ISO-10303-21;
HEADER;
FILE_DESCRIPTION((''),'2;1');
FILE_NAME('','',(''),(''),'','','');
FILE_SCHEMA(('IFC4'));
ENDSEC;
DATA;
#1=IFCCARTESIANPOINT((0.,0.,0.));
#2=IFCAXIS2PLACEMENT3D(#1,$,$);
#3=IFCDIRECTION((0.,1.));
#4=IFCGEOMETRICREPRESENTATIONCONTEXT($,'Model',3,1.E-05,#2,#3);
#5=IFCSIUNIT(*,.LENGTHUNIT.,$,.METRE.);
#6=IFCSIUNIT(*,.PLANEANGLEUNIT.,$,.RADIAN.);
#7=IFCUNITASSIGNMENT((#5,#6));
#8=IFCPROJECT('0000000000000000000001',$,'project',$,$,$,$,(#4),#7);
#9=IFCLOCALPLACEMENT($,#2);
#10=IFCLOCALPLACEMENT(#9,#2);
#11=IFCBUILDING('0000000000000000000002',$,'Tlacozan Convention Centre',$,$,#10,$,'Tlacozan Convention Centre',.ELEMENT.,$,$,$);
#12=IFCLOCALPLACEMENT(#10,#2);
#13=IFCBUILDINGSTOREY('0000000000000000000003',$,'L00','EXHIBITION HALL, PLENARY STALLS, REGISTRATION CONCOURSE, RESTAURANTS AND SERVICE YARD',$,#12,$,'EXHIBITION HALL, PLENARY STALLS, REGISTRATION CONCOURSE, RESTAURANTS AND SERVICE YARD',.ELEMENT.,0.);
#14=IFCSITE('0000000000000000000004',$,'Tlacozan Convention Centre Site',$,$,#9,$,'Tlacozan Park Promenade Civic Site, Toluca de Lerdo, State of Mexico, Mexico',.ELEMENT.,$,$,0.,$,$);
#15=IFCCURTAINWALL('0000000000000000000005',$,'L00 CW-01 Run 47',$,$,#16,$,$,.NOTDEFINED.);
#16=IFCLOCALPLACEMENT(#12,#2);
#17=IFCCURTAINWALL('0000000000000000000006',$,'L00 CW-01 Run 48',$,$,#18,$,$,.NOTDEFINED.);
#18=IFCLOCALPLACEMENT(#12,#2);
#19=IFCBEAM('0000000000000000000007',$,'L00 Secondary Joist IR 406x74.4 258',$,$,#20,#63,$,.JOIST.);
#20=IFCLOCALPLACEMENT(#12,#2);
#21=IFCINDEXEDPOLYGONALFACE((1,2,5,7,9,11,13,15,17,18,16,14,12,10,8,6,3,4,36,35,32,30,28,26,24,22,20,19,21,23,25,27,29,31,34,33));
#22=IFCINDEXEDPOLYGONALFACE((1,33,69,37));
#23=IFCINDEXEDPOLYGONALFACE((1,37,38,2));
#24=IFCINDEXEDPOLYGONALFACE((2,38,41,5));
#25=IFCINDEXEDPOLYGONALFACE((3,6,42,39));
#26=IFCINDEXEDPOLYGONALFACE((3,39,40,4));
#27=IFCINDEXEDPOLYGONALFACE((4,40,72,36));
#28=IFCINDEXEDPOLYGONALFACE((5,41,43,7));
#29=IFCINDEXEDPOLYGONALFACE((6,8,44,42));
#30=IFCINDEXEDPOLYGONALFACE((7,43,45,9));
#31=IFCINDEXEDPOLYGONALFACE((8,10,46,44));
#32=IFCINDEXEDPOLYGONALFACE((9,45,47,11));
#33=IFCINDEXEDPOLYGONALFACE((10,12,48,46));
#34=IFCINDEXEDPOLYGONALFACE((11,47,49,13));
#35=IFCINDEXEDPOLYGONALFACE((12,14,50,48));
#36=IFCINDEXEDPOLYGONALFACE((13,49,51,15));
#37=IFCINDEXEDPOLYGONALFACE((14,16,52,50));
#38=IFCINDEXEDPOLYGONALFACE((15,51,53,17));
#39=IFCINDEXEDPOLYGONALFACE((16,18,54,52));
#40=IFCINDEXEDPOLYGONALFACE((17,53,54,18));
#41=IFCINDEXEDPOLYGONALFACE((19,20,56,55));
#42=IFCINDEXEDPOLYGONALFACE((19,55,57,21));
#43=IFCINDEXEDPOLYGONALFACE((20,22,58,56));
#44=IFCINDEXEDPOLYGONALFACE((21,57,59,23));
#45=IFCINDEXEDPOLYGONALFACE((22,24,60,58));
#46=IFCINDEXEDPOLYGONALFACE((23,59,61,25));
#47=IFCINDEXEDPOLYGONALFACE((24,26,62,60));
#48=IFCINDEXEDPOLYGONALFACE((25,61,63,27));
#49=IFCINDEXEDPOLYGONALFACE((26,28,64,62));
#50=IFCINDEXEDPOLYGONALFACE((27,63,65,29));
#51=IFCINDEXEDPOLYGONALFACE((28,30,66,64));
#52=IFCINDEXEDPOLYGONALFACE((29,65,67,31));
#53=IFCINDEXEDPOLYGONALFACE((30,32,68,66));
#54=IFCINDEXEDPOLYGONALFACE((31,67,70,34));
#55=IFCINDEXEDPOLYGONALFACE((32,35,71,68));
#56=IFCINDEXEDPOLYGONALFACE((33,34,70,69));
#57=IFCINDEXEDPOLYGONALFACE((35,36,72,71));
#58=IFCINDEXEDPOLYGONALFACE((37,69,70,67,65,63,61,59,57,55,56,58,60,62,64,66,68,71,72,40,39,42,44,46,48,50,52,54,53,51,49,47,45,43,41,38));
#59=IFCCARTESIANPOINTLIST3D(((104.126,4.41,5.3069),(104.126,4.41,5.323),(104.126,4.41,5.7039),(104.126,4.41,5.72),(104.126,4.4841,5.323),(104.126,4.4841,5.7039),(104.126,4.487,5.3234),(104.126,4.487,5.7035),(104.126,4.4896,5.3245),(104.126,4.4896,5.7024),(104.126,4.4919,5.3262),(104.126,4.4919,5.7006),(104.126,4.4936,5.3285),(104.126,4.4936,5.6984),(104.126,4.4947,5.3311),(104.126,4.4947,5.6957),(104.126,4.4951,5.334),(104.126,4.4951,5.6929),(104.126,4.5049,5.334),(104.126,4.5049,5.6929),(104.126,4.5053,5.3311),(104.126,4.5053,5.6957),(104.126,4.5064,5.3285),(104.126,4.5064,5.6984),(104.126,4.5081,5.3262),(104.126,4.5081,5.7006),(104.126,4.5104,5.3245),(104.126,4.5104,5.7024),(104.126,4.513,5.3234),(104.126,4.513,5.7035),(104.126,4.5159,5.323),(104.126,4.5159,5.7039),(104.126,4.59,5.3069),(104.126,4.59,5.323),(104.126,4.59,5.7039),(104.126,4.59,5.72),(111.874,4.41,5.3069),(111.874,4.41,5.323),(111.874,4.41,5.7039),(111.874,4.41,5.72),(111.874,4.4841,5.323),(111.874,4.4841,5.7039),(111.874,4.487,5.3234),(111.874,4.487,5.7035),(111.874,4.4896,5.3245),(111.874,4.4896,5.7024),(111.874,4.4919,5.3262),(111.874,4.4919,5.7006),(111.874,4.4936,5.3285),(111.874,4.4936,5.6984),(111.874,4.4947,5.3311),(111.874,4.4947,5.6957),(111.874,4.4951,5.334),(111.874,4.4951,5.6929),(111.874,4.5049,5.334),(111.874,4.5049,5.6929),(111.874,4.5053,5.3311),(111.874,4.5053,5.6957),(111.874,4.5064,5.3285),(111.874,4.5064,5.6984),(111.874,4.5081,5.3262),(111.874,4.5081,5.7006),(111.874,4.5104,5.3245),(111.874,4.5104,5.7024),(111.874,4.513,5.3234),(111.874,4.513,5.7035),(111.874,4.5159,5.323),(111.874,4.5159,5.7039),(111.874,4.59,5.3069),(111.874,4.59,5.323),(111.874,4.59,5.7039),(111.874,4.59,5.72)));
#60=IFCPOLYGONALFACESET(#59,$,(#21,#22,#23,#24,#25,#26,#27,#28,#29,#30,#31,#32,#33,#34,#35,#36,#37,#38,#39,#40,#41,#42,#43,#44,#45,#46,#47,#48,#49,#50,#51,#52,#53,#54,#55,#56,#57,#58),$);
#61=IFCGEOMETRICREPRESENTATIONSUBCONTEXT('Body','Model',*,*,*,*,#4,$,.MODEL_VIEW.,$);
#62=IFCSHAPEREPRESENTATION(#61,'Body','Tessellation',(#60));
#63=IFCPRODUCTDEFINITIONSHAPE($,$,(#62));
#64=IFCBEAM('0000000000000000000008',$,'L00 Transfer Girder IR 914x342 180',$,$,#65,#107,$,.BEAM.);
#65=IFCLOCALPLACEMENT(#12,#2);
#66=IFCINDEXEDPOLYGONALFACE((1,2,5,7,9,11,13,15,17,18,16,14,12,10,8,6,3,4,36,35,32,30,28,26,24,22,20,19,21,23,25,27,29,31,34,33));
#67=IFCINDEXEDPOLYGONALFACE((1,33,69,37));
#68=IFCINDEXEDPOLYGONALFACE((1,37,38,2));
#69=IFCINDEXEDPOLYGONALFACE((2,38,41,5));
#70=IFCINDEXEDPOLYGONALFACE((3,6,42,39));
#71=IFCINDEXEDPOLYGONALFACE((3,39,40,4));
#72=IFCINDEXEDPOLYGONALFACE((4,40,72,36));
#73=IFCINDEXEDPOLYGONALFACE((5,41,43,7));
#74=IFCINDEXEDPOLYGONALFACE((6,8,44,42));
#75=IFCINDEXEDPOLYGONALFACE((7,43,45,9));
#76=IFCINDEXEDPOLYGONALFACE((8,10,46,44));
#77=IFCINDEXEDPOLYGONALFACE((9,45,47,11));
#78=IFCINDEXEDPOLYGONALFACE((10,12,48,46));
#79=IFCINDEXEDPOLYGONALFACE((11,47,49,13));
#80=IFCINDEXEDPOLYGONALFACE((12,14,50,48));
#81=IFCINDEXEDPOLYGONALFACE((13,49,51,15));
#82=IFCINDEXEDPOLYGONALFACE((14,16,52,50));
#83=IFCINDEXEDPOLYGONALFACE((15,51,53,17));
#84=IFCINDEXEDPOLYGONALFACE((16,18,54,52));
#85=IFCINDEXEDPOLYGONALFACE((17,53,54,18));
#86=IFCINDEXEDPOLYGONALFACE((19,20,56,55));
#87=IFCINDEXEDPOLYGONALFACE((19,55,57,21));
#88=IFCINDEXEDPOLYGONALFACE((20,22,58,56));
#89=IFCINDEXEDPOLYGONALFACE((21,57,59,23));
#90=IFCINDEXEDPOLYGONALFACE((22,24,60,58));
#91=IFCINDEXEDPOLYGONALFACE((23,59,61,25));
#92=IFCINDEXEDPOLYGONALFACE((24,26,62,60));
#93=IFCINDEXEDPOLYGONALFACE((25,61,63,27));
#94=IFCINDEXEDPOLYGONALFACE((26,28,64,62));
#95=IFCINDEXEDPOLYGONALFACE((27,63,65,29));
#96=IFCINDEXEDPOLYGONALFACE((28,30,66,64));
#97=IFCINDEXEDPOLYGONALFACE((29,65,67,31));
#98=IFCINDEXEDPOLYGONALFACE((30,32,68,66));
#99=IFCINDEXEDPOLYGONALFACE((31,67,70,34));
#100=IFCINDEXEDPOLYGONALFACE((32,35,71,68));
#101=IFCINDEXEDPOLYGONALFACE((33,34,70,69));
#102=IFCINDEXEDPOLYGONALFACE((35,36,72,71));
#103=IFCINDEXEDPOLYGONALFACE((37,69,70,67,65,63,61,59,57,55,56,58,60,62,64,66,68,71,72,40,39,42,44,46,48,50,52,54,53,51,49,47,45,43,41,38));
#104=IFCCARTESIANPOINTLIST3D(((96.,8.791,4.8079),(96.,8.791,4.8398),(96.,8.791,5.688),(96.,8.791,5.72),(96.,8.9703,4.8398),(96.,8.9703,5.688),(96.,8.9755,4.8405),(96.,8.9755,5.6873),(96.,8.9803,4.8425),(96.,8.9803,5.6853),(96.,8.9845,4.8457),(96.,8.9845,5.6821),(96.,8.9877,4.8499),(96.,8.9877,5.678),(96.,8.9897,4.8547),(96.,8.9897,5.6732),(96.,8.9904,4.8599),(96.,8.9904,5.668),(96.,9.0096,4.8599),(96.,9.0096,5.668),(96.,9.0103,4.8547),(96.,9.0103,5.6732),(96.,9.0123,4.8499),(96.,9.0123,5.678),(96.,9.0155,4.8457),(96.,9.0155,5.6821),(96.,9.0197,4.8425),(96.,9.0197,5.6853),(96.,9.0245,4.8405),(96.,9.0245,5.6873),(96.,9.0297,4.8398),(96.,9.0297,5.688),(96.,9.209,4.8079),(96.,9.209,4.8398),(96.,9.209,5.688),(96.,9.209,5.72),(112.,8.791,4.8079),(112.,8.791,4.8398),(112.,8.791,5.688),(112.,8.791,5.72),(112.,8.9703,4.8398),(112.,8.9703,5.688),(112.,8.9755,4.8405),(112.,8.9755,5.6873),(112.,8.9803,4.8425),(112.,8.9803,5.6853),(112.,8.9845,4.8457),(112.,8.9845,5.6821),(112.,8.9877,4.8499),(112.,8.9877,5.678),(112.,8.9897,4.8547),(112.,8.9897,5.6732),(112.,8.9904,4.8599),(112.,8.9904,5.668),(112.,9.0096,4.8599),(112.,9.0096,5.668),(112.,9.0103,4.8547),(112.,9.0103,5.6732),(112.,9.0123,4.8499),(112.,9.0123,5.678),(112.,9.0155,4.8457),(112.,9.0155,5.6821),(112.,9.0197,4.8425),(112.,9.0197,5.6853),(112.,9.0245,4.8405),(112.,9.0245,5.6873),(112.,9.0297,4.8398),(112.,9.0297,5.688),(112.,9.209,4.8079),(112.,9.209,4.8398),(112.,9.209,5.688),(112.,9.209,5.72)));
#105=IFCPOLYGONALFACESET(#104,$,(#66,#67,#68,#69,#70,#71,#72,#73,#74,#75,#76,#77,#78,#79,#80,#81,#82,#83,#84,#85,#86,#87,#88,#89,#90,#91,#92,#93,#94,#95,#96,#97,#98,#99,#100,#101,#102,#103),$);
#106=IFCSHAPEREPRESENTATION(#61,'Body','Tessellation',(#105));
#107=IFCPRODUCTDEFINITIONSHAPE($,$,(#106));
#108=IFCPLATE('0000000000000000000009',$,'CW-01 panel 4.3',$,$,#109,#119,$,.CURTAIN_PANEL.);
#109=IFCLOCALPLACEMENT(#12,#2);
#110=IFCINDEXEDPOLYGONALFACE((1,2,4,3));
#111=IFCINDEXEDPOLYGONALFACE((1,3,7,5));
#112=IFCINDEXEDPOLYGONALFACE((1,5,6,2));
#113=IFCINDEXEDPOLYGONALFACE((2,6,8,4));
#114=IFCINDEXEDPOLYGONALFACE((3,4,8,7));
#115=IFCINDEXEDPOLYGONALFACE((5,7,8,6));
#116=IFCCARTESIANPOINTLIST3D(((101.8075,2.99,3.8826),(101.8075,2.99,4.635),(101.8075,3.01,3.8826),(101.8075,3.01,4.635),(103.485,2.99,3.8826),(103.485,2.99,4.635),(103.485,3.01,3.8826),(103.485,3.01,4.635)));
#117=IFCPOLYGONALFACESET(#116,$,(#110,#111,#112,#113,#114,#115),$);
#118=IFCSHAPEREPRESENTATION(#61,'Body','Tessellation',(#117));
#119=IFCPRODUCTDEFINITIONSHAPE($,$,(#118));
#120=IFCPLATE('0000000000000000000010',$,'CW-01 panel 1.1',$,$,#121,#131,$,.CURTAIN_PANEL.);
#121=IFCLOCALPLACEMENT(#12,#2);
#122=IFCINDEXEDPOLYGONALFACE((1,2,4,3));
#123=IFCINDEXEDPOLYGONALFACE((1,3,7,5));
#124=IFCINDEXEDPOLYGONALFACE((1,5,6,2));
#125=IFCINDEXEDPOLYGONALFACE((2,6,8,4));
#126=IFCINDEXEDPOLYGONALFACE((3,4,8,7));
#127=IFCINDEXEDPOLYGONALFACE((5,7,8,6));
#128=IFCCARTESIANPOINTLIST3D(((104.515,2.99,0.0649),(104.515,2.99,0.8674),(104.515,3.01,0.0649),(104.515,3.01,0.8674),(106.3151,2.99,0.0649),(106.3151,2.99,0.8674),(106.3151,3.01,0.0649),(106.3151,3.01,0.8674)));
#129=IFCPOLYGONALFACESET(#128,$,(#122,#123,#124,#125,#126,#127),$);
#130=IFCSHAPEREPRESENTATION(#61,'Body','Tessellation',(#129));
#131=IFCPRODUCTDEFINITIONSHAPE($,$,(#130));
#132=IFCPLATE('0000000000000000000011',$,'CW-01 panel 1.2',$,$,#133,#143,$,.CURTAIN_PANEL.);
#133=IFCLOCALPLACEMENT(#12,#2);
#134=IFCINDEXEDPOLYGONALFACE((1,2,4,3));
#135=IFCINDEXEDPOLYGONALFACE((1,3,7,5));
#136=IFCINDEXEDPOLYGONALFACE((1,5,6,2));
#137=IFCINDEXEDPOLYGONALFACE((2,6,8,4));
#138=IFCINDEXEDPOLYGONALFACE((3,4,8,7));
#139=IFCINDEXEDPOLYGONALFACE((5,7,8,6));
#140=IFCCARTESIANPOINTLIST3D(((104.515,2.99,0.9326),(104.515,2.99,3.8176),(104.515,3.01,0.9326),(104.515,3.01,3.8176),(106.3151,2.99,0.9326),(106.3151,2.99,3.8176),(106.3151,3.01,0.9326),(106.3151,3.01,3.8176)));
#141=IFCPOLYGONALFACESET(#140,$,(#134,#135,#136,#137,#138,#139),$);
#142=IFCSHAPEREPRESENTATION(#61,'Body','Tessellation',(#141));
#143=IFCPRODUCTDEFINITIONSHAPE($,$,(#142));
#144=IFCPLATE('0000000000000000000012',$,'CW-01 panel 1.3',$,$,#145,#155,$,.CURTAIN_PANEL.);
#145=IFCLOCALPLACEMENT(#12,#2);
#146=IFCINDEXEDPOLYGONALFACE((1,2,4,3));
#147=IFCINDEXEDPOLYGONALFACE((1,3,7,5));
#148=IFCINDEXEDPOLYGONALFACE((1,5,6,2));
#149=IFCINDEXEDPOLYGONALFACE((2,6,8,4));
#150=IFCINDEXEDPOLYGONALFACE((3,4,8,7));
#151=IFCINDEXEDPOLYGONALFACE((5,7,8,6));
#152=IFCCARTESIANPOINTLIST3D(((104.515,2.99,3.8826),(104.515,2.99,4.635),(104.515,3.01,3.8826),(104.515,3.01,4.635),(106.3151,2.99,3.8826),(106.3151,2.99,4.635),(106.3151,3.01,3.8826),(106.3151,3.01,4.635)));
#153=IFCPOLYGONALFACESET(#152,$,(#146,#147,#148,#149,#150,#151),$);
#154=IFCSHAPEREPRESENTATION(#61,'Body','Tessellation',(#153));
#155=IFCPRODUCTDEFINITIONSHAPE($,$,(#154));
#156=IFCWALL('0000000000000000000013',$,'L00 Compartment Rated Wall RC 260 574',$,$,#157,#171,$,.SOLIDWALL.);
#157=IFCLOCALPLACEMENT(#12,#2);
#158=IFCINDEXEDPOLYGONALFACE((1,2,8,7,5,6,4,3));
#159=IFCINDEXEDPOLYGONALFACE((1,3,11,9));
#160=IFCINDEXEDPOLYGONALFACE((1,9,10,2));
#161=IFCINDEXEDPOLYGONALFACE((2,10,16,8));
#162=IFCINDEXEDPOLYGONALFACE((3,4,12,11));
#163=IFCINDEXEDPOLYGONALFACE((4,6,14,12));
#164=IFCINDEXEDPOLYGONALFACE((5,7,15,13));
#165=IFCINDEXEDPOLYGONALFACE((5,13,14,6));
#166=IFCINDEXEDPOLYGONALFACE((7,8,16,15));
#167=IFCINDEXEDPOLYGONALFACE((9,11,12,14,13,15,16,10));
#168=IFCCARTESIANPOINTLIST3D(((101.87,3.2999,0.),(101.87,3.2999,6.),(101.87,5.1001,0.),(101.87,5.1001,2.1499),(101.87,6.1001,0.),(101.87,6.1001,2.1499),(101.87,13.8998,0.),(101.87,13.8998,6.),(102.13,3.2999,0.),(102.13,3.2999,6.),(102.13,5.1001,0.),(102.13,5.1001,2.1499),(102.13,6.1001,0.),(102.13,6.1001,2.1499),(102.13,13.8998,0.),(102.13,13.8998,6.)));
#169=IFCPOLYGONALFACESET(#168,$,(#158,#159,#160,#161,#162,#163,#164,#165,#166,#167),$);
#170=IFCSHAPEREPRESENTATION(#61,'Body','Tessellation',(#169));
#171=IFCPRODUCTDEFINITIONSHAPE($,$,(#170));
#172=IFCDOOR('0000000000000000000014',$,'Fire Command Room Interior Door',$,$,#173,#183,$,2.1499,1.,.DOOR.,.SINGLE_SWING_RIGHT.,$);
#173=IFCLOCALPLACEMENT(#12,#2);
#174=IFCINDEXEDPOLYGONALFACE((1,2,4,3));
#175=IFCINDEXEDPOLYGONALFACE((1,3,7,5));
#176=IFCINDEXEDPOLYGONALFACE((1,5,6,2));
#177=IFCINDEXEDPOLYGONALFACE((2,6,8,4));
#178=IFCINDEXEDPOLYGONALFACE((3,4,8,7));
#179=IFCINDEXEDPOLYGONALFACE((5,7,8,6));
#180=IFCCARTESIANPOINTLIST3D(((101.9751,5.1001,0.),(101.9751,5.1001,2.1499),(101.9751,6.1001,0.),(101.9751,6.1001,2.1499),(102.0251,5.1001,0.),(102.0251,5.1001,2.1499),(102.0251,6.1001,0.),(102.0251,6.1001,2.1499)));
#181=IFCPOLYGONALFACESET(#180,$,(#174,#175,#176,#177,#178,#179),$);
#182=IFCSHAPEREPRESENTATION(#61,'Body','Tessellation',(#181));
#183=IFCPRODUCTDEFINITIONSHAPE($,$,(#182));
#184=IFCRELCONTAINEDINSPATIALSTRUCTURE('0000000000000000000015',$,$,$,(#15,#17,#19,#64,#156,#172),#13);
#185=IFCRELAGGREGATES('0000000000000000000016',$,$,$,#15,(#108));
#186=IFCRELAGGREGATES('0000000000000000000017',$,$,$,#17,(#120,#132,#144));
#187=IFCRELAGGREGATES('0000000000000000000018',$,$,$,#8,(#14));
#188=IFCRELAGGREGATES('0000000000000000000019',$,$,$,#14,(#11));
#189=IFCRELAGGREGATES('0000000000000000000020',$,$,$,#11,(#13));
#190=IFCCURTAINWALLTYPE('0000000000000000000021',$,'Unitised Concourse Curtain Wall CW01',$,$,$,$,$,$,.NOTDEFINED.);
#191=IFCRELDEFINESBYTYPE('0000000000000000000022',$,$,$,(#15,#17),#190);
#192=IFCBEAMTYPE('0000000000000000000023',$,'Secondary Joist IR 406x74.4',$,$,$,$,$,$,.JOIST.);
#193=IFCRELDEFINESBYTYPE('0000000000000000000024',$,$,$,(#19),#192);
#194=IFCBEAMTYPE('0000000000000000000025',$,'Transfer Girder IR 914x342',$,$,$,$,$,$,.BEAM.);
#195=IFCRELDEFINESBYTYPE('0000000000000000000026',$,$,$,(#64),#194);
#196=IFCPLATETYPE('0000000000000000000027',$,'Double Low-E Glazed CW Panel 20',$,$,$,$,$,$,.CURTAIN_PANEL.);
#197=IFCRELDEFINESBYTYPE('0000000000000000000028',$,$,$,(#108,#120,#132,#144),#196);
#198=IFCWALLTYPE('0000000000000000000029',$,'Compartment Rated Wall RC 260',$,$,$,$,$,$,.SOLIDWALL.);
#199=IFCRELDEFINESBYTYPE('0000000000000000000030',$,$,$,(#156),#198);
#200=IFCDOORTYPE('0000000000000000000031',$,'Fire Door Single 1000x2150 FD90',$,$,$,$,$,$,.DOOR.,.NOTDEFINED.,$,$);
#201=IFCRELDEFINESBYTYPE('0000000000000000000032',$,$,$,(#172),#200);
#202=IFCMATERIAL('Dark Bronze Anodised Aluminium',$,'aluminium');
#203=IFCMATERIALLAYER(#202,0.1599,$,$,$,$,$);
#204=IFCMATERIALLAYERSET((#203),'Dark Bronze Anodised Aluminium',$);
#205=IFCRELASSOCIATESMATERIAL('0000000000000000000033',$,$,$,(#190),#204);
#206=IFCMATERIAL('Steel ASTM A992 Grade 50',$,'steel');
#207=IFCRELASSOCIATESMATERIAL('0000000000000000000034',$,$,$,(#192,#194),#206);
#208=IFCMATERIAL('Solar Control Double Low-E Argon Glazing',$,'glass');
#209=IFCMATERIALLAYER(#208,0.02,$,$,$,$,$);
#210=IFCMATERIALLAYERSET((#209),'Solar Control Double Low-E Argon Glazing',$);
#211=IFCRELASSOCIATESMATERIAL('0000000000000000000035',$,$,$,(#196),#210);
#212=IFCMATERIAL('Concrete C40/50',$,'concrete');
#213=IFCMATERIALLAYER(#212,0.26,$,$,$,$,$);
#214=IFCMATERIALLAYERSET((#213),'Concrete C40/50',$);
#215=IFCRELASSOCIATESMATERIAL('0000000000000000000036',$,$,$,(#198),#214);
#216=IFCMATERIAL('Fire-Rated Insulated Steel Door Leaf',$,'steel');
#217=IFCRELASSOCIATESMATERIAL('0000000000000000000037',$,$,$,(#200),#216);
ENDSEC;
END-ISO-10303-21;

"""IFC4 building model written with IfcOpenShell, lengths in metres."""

from ifc_helpers import new_model, si_unit, direction, frame, frame_2d, origin, origin_2d, place, context, subcontext, project, spatial, rectangle, i_section, extrude, material, layer, layer_set, material_profile, profile_set, type_object, element, fill, aggregate, save


model = new_model("IFC4")

# Units and contexts
model_context = context("Model", 3, precision=1e-05, world=origin(), true_north=direction((0.0, 1.0)))
body_context = subcontext(model_context, "Body", "Model", "MODEL_VIEW")
ifc_project = project(units=[si_unit("LENGTHUNIT", "METRE"), si_unit("PLANEANGLEUNIT", "RADIAN")], contexts=[model_context])

# Site, building, storey
site_placement = place(None, origin())
site = spatial("IfcSite", under=ifc_project, at=site_placement, Name="Tlacozan Convention Centre Site", LongName="Tlacozan Park Promenade Civic Site, Toluca de Lerdo, State of Mexico, Mexico", CompositionType="ELEMENT", RefElevation=0.0)
building_placement = place(site_placement, origin())
building = spatial("IfcBuilding", under=site, at=building_placement, Name="Tlacozan Convention Centre", LongName="Tlacozan Convention Centre", CompositionType="ELEMENT")
storey_placement = place(building_placement, origin())
storey = spatial("IfcBuildingStorey", under=building, at=storey_placement, Name="L00", Description="EXHIBITION HALL, PLENARY STALLS, REGISTRATION CONCOURSE, RESTAURANTS AND SERVICE YARD", LongName="EXHIBITION HALL, PLENARY STALLS, REGISTRATION CONCOURSE, RESTAURANTS AND SERVICE YARD", CompositionType="ELEMENT", Elevation=0.0)

# Shared definitions
ifc_material_1 = material(Name="Concrete C40/50", Category="concrete")

# Curtain wall
ifc_material_2 = material(Name="Dark Bronze Anodised Aluminium", Category="aluminium")
ifc_layer_1 = layer(ifc_material_2, 0.1599)
ifc_layer_set_1 = layer_set([ifc_layer_1], Name="Dark Bronze Anodised Aluminium")
curtain_wall_type = type_object("IfcCurtainWallType", Name="Unitised Concourse Curtain Wall CW01", PredefinedType="NOTDEFINED", material=ifc_layer_set_1)
curtain_wall_1_placement = place(storey_placement, origin())
curtain_wall_1 = element("IfcCurtainWall", 1, at=curtain_wall_1_placement, inside=storey, type_object=curtain_wall_type, Name="L00 CW-01 Run 47", PredefinedType="NOTDEFINED")

# Curtain wall
curtain_wall_2_placement = place(storey_placement, origin())
curtain_wall_2 = element("IfcCurtainWall", 2, at=curtain_wall_2_placement, inside=storey, type_object=curtain_wall_type, Name="L00 CW-01 Run 48", PredefinedType="NOTDEFINED")

# Beams
ifc_material_3 = material(Name="Steel ASTM A992 Grade 50", Category="steel")
ifc_material_profile_1 = material_profile(ifc_material_3, i_section(OverallWidth=0.1799, OverallDepth=0.4131, WebThickness=0.0098, FlangeThickness=0.0161, FilletRadius=0.011, at=origin_2d()), Name="IR 406x74.4")
ifc_profile_set_1 = profile_set([ifc_material_profile_1], Name="Steel ASTM A992 Grade 50")
beam_type_1 = type_object("IfcBeamType", Name="Secondary Joist IR 406x74.4", PredefinedType="JOIST", material=ifc_profile_set_1)
for number, where, z_axis, x_axis, name in (
    (3, (104.126, 4.5, 5.5134), (1.0, 0.0, 0.0), (0.0, 1.0, 0.0), "L00 Secondary Joist IR 406x74.4 258"),
):
    element("IfcBeam", number, at=place(storey_placement, frame(where, z_axis=z_axis, x_axis=x_axis)), inside=storey, type_object=beam_type_1, Name=name, PredefinedType="JOIST", context=body_context, shape_type="SweptSolid", body=[
        extrude(i_section(OverallWidth=0.1799, OverallDepth=0.4131, WebThickness=0.0098, FlangeThickness=0.0161, FilletRadius=0.011, at=origin_2d()), origin(), (0.0, 0.0, 1.0), 7.748),
    ])
ifc_material_profile_2 = material_profile(ifc_material_3, i_section(OverallWidth=0.418, OverallDepth=0.9121, WebThickness=0.0193, FlangeThickness=0.032, FilletRadius=0.02, at=origin_2d()), Name="IR 914x342.0")
ifc_profile_set_2 = profile_set([ifc_material_profile_2], Name="Steel ASTM A992 Grade 50")
beam_type_2 = type_object("IfcBeamType", Name="Transfer Girder IR 914x342", PredefinedType="BEAM", material=ifc_profile_set_2)
beam_placement = place(storey_placement, frame((96.0, 9.0, 5.2639), z_axis=(1.0, 0.0, 0.0), x_axis=(0.0, 1.0, 0.0)))
element("IfcBeam", 4, at=beam_placement, inside=storey, type_object=beam_type_2, Name="L00 Transfer Girder IR 914x342 180", PredefinedType="BEAM", context=body_context, shape_type="SweptSolid", body=[
    extrude(i_section(OverallWidth=0.418, OverallDepth=0.9121, WebThickness=0.0193, FlangeThickness=0.032, FilletRadius=0.02, at=origin_2d()), origin(), (0.0, 0.0, 1.0), 16.0),
])

# Plates
ifc_material_4 = material(Name="Solar Control Double Low-E Argon Glazing", Category="glass")
ifc_layer_2 = layer(ifc_material_4, 0.02)
ifc_layer_set_2 = layer_set([ifc_layer_2], Name="Solar Control Double Low-E Argon Glazing")
plate_type = type_object("IfcPlateType", Name="Double Low-E Glazed CW Panel 20", PredefinedType="CURTAIN_PANEL", material=ifc_layer_set_2)
plate_1_placement = place(storey_placement, frame((102.6462, 3.0, 3.8826), z_axis=(0.0, 0.0, 1.0), x_axis=(1.0, 0.0, 0.0)))
plate_1 = element("IfcPlate", 5, at=plate_1_placement, type_object=plate_type, Name="CW-01 panel 4.3", PredefinedType="CURTAIN_PANEL", context=body_context, shape_type="SweptSolid", body=[
    extrude(rectangle(XDim=1.6775, YDim=0.02, at=origin_2d()), origin(), (0.0, 0.0, 1.0), 0.7524),
])
aggregate(curtain_wall_1, [plate_1])
plate_2_placement = place(storey_placement, frame((105.415, 3.0, 0.0649), z_axis=(0.0, 0.0, 1.0), x_axis=(1.0, 0.0, 0.0)))
plate_2 = element("IfcPlate", 6, at=plate_2_placement, type_object=plate_type, Name="CW-01 panel 1.1", PredefinedType="CURTAIN_PANEL", context=body_context, shape_type="SweptSolid", body=[
    extrude(rectangle(XDim=1.8, YDim=0.02, at=origin_2d()), origin(), (0.0, 0.0, 1.0), 0.8025),
])
plate_3_placement = place(storey_placement, frame((105.415, 3.0, 0.9326), z_axis=(0.0, 0.0, 1.0), x_axis=(1.0, 0.0, 0.0)))
plate_3 = element("IfcPlate", 7, at=plate_3_placement, type_object=plate_type, Name="CW-01 panel 1.2", PredefinedType="CURTAIN_PANEL", context=body_context, shape_type="SweptSolid", body=[
    extrude(rectangle(XDim=1.8, YDim=0.02, at=origin_2d()), origin(), (0.0, 0.0, 1.0), 2.885),
])
plate_4_placement = place(storey_placement, frame((105.415, 3.0, 3.8826), z_axis=(0.0, 0.0, 1.0), x_axis=(1.0, 0.0, 0.0)))
plate_4 = element("IfcPlate", 8, at=plate_4_placement, type_object=plate_type, Name="CW-01 panel 1.3", PredefinedType="CURTAIN_PANEL", context=body_context, shape_type="SweptSolid", body=[
    extrude(rectangle(XDim=1.8, YDim=0.02, at=origin_2d()), origin(), (0.0, 0.0, 1.0), 0.7524),
])
aggregate(curtain_wall_2, [plate_2, plate_3, plate_4])

# Wall, opening, door
ifc_layer_3 = layer(ifc_material_1, 0.26)
ifc_layer_set_3 = layer_set([ifc_layer_3], Name="Concrete C40/50")
wall_type_1 = type_object("IfcWallType", Name="Compartment Rated Wall RC 260", PredefinedType="SOLIDWALL", material=ifc_layer_set_3)
wall_1_placement = place(storey_placement, frame((102.0, 3.3, 0.0), z_axis=(0.0, 0.0, 1.0), x_axis=(0.0, 1.0, 0.0)))
wall_1 = element("IfcWall", 9, at=wall_1_placement, inside=storey, type_object=wall_type_1, Name="L00 Compartment Rated Wall RC 260 574", PredefinedType="SOLIDWALL", context=body_context, shape_type="SweptSolid", body=[
    extrude(rectangle(XDim=10.5999, YDim=0.26, at=frame_2d((5.2998, 0.0))), origin(), (0.0, 0.0, 1.0), 6.0),
])
opening_1_placement = place(wall_1_placement, frame((1.8, 0.0, 0.0)))
opening_1 = element("IfcOpeningElement", 10, at=opening_1_placement, cuts=wall_1, PredefinedType="OPENING", context=body_context, shape_type="SweptSolid", body=[
    extrude(rectangle(XDim=1.0, YDim=2.1499, at=frame_2d((0.5, 1.075))), frame((0.0, 0.1399, 0.0), z_axis=(0.0, -1.0, 0.0), x_axis=(1.0, 0.0, 0.0)), (0.0, 0.0, 1.0), 0.28),
])
ifc_material_5 = material(Name="Fire-Rated Insulated Steel Door Leaf", Category="steel")
door_type_1 = type_object("IfcDoorType", Name="Fire Door Single 1000x2150 FD90", OperationType="NOTDEFINED", PredefinedType="DOOR", material=ifc_material_5)
door_1_placement = place(opening_1_placement, origin())
door_1 = element("IfcDoor", 11, at=door_1_placement, inside=storey, type_object=door_type_1, Name="Fire Command Room Interior Door", OperationType="SINGLE_SWING_RIGHT", OverallHeight=2.1499, OverallWidth=1.0, PredefinedType="DOOR", context=body_context, shape_type="SweptSolid", body=[
    extrude(rectangle(XDim=1.0, YDim=2.1499, at=frame_2d((0.5, 1.075))), frame((0.0, 0.0249, 0.0), z_axis=(0.0, -1.0, 0.0), x_axis=(1.0, 0.0, 0.0)), (0.0, 0.0, 1.0), 0.05),
])
fill(opening_1, door_1)

save(model, "model.ifc")
